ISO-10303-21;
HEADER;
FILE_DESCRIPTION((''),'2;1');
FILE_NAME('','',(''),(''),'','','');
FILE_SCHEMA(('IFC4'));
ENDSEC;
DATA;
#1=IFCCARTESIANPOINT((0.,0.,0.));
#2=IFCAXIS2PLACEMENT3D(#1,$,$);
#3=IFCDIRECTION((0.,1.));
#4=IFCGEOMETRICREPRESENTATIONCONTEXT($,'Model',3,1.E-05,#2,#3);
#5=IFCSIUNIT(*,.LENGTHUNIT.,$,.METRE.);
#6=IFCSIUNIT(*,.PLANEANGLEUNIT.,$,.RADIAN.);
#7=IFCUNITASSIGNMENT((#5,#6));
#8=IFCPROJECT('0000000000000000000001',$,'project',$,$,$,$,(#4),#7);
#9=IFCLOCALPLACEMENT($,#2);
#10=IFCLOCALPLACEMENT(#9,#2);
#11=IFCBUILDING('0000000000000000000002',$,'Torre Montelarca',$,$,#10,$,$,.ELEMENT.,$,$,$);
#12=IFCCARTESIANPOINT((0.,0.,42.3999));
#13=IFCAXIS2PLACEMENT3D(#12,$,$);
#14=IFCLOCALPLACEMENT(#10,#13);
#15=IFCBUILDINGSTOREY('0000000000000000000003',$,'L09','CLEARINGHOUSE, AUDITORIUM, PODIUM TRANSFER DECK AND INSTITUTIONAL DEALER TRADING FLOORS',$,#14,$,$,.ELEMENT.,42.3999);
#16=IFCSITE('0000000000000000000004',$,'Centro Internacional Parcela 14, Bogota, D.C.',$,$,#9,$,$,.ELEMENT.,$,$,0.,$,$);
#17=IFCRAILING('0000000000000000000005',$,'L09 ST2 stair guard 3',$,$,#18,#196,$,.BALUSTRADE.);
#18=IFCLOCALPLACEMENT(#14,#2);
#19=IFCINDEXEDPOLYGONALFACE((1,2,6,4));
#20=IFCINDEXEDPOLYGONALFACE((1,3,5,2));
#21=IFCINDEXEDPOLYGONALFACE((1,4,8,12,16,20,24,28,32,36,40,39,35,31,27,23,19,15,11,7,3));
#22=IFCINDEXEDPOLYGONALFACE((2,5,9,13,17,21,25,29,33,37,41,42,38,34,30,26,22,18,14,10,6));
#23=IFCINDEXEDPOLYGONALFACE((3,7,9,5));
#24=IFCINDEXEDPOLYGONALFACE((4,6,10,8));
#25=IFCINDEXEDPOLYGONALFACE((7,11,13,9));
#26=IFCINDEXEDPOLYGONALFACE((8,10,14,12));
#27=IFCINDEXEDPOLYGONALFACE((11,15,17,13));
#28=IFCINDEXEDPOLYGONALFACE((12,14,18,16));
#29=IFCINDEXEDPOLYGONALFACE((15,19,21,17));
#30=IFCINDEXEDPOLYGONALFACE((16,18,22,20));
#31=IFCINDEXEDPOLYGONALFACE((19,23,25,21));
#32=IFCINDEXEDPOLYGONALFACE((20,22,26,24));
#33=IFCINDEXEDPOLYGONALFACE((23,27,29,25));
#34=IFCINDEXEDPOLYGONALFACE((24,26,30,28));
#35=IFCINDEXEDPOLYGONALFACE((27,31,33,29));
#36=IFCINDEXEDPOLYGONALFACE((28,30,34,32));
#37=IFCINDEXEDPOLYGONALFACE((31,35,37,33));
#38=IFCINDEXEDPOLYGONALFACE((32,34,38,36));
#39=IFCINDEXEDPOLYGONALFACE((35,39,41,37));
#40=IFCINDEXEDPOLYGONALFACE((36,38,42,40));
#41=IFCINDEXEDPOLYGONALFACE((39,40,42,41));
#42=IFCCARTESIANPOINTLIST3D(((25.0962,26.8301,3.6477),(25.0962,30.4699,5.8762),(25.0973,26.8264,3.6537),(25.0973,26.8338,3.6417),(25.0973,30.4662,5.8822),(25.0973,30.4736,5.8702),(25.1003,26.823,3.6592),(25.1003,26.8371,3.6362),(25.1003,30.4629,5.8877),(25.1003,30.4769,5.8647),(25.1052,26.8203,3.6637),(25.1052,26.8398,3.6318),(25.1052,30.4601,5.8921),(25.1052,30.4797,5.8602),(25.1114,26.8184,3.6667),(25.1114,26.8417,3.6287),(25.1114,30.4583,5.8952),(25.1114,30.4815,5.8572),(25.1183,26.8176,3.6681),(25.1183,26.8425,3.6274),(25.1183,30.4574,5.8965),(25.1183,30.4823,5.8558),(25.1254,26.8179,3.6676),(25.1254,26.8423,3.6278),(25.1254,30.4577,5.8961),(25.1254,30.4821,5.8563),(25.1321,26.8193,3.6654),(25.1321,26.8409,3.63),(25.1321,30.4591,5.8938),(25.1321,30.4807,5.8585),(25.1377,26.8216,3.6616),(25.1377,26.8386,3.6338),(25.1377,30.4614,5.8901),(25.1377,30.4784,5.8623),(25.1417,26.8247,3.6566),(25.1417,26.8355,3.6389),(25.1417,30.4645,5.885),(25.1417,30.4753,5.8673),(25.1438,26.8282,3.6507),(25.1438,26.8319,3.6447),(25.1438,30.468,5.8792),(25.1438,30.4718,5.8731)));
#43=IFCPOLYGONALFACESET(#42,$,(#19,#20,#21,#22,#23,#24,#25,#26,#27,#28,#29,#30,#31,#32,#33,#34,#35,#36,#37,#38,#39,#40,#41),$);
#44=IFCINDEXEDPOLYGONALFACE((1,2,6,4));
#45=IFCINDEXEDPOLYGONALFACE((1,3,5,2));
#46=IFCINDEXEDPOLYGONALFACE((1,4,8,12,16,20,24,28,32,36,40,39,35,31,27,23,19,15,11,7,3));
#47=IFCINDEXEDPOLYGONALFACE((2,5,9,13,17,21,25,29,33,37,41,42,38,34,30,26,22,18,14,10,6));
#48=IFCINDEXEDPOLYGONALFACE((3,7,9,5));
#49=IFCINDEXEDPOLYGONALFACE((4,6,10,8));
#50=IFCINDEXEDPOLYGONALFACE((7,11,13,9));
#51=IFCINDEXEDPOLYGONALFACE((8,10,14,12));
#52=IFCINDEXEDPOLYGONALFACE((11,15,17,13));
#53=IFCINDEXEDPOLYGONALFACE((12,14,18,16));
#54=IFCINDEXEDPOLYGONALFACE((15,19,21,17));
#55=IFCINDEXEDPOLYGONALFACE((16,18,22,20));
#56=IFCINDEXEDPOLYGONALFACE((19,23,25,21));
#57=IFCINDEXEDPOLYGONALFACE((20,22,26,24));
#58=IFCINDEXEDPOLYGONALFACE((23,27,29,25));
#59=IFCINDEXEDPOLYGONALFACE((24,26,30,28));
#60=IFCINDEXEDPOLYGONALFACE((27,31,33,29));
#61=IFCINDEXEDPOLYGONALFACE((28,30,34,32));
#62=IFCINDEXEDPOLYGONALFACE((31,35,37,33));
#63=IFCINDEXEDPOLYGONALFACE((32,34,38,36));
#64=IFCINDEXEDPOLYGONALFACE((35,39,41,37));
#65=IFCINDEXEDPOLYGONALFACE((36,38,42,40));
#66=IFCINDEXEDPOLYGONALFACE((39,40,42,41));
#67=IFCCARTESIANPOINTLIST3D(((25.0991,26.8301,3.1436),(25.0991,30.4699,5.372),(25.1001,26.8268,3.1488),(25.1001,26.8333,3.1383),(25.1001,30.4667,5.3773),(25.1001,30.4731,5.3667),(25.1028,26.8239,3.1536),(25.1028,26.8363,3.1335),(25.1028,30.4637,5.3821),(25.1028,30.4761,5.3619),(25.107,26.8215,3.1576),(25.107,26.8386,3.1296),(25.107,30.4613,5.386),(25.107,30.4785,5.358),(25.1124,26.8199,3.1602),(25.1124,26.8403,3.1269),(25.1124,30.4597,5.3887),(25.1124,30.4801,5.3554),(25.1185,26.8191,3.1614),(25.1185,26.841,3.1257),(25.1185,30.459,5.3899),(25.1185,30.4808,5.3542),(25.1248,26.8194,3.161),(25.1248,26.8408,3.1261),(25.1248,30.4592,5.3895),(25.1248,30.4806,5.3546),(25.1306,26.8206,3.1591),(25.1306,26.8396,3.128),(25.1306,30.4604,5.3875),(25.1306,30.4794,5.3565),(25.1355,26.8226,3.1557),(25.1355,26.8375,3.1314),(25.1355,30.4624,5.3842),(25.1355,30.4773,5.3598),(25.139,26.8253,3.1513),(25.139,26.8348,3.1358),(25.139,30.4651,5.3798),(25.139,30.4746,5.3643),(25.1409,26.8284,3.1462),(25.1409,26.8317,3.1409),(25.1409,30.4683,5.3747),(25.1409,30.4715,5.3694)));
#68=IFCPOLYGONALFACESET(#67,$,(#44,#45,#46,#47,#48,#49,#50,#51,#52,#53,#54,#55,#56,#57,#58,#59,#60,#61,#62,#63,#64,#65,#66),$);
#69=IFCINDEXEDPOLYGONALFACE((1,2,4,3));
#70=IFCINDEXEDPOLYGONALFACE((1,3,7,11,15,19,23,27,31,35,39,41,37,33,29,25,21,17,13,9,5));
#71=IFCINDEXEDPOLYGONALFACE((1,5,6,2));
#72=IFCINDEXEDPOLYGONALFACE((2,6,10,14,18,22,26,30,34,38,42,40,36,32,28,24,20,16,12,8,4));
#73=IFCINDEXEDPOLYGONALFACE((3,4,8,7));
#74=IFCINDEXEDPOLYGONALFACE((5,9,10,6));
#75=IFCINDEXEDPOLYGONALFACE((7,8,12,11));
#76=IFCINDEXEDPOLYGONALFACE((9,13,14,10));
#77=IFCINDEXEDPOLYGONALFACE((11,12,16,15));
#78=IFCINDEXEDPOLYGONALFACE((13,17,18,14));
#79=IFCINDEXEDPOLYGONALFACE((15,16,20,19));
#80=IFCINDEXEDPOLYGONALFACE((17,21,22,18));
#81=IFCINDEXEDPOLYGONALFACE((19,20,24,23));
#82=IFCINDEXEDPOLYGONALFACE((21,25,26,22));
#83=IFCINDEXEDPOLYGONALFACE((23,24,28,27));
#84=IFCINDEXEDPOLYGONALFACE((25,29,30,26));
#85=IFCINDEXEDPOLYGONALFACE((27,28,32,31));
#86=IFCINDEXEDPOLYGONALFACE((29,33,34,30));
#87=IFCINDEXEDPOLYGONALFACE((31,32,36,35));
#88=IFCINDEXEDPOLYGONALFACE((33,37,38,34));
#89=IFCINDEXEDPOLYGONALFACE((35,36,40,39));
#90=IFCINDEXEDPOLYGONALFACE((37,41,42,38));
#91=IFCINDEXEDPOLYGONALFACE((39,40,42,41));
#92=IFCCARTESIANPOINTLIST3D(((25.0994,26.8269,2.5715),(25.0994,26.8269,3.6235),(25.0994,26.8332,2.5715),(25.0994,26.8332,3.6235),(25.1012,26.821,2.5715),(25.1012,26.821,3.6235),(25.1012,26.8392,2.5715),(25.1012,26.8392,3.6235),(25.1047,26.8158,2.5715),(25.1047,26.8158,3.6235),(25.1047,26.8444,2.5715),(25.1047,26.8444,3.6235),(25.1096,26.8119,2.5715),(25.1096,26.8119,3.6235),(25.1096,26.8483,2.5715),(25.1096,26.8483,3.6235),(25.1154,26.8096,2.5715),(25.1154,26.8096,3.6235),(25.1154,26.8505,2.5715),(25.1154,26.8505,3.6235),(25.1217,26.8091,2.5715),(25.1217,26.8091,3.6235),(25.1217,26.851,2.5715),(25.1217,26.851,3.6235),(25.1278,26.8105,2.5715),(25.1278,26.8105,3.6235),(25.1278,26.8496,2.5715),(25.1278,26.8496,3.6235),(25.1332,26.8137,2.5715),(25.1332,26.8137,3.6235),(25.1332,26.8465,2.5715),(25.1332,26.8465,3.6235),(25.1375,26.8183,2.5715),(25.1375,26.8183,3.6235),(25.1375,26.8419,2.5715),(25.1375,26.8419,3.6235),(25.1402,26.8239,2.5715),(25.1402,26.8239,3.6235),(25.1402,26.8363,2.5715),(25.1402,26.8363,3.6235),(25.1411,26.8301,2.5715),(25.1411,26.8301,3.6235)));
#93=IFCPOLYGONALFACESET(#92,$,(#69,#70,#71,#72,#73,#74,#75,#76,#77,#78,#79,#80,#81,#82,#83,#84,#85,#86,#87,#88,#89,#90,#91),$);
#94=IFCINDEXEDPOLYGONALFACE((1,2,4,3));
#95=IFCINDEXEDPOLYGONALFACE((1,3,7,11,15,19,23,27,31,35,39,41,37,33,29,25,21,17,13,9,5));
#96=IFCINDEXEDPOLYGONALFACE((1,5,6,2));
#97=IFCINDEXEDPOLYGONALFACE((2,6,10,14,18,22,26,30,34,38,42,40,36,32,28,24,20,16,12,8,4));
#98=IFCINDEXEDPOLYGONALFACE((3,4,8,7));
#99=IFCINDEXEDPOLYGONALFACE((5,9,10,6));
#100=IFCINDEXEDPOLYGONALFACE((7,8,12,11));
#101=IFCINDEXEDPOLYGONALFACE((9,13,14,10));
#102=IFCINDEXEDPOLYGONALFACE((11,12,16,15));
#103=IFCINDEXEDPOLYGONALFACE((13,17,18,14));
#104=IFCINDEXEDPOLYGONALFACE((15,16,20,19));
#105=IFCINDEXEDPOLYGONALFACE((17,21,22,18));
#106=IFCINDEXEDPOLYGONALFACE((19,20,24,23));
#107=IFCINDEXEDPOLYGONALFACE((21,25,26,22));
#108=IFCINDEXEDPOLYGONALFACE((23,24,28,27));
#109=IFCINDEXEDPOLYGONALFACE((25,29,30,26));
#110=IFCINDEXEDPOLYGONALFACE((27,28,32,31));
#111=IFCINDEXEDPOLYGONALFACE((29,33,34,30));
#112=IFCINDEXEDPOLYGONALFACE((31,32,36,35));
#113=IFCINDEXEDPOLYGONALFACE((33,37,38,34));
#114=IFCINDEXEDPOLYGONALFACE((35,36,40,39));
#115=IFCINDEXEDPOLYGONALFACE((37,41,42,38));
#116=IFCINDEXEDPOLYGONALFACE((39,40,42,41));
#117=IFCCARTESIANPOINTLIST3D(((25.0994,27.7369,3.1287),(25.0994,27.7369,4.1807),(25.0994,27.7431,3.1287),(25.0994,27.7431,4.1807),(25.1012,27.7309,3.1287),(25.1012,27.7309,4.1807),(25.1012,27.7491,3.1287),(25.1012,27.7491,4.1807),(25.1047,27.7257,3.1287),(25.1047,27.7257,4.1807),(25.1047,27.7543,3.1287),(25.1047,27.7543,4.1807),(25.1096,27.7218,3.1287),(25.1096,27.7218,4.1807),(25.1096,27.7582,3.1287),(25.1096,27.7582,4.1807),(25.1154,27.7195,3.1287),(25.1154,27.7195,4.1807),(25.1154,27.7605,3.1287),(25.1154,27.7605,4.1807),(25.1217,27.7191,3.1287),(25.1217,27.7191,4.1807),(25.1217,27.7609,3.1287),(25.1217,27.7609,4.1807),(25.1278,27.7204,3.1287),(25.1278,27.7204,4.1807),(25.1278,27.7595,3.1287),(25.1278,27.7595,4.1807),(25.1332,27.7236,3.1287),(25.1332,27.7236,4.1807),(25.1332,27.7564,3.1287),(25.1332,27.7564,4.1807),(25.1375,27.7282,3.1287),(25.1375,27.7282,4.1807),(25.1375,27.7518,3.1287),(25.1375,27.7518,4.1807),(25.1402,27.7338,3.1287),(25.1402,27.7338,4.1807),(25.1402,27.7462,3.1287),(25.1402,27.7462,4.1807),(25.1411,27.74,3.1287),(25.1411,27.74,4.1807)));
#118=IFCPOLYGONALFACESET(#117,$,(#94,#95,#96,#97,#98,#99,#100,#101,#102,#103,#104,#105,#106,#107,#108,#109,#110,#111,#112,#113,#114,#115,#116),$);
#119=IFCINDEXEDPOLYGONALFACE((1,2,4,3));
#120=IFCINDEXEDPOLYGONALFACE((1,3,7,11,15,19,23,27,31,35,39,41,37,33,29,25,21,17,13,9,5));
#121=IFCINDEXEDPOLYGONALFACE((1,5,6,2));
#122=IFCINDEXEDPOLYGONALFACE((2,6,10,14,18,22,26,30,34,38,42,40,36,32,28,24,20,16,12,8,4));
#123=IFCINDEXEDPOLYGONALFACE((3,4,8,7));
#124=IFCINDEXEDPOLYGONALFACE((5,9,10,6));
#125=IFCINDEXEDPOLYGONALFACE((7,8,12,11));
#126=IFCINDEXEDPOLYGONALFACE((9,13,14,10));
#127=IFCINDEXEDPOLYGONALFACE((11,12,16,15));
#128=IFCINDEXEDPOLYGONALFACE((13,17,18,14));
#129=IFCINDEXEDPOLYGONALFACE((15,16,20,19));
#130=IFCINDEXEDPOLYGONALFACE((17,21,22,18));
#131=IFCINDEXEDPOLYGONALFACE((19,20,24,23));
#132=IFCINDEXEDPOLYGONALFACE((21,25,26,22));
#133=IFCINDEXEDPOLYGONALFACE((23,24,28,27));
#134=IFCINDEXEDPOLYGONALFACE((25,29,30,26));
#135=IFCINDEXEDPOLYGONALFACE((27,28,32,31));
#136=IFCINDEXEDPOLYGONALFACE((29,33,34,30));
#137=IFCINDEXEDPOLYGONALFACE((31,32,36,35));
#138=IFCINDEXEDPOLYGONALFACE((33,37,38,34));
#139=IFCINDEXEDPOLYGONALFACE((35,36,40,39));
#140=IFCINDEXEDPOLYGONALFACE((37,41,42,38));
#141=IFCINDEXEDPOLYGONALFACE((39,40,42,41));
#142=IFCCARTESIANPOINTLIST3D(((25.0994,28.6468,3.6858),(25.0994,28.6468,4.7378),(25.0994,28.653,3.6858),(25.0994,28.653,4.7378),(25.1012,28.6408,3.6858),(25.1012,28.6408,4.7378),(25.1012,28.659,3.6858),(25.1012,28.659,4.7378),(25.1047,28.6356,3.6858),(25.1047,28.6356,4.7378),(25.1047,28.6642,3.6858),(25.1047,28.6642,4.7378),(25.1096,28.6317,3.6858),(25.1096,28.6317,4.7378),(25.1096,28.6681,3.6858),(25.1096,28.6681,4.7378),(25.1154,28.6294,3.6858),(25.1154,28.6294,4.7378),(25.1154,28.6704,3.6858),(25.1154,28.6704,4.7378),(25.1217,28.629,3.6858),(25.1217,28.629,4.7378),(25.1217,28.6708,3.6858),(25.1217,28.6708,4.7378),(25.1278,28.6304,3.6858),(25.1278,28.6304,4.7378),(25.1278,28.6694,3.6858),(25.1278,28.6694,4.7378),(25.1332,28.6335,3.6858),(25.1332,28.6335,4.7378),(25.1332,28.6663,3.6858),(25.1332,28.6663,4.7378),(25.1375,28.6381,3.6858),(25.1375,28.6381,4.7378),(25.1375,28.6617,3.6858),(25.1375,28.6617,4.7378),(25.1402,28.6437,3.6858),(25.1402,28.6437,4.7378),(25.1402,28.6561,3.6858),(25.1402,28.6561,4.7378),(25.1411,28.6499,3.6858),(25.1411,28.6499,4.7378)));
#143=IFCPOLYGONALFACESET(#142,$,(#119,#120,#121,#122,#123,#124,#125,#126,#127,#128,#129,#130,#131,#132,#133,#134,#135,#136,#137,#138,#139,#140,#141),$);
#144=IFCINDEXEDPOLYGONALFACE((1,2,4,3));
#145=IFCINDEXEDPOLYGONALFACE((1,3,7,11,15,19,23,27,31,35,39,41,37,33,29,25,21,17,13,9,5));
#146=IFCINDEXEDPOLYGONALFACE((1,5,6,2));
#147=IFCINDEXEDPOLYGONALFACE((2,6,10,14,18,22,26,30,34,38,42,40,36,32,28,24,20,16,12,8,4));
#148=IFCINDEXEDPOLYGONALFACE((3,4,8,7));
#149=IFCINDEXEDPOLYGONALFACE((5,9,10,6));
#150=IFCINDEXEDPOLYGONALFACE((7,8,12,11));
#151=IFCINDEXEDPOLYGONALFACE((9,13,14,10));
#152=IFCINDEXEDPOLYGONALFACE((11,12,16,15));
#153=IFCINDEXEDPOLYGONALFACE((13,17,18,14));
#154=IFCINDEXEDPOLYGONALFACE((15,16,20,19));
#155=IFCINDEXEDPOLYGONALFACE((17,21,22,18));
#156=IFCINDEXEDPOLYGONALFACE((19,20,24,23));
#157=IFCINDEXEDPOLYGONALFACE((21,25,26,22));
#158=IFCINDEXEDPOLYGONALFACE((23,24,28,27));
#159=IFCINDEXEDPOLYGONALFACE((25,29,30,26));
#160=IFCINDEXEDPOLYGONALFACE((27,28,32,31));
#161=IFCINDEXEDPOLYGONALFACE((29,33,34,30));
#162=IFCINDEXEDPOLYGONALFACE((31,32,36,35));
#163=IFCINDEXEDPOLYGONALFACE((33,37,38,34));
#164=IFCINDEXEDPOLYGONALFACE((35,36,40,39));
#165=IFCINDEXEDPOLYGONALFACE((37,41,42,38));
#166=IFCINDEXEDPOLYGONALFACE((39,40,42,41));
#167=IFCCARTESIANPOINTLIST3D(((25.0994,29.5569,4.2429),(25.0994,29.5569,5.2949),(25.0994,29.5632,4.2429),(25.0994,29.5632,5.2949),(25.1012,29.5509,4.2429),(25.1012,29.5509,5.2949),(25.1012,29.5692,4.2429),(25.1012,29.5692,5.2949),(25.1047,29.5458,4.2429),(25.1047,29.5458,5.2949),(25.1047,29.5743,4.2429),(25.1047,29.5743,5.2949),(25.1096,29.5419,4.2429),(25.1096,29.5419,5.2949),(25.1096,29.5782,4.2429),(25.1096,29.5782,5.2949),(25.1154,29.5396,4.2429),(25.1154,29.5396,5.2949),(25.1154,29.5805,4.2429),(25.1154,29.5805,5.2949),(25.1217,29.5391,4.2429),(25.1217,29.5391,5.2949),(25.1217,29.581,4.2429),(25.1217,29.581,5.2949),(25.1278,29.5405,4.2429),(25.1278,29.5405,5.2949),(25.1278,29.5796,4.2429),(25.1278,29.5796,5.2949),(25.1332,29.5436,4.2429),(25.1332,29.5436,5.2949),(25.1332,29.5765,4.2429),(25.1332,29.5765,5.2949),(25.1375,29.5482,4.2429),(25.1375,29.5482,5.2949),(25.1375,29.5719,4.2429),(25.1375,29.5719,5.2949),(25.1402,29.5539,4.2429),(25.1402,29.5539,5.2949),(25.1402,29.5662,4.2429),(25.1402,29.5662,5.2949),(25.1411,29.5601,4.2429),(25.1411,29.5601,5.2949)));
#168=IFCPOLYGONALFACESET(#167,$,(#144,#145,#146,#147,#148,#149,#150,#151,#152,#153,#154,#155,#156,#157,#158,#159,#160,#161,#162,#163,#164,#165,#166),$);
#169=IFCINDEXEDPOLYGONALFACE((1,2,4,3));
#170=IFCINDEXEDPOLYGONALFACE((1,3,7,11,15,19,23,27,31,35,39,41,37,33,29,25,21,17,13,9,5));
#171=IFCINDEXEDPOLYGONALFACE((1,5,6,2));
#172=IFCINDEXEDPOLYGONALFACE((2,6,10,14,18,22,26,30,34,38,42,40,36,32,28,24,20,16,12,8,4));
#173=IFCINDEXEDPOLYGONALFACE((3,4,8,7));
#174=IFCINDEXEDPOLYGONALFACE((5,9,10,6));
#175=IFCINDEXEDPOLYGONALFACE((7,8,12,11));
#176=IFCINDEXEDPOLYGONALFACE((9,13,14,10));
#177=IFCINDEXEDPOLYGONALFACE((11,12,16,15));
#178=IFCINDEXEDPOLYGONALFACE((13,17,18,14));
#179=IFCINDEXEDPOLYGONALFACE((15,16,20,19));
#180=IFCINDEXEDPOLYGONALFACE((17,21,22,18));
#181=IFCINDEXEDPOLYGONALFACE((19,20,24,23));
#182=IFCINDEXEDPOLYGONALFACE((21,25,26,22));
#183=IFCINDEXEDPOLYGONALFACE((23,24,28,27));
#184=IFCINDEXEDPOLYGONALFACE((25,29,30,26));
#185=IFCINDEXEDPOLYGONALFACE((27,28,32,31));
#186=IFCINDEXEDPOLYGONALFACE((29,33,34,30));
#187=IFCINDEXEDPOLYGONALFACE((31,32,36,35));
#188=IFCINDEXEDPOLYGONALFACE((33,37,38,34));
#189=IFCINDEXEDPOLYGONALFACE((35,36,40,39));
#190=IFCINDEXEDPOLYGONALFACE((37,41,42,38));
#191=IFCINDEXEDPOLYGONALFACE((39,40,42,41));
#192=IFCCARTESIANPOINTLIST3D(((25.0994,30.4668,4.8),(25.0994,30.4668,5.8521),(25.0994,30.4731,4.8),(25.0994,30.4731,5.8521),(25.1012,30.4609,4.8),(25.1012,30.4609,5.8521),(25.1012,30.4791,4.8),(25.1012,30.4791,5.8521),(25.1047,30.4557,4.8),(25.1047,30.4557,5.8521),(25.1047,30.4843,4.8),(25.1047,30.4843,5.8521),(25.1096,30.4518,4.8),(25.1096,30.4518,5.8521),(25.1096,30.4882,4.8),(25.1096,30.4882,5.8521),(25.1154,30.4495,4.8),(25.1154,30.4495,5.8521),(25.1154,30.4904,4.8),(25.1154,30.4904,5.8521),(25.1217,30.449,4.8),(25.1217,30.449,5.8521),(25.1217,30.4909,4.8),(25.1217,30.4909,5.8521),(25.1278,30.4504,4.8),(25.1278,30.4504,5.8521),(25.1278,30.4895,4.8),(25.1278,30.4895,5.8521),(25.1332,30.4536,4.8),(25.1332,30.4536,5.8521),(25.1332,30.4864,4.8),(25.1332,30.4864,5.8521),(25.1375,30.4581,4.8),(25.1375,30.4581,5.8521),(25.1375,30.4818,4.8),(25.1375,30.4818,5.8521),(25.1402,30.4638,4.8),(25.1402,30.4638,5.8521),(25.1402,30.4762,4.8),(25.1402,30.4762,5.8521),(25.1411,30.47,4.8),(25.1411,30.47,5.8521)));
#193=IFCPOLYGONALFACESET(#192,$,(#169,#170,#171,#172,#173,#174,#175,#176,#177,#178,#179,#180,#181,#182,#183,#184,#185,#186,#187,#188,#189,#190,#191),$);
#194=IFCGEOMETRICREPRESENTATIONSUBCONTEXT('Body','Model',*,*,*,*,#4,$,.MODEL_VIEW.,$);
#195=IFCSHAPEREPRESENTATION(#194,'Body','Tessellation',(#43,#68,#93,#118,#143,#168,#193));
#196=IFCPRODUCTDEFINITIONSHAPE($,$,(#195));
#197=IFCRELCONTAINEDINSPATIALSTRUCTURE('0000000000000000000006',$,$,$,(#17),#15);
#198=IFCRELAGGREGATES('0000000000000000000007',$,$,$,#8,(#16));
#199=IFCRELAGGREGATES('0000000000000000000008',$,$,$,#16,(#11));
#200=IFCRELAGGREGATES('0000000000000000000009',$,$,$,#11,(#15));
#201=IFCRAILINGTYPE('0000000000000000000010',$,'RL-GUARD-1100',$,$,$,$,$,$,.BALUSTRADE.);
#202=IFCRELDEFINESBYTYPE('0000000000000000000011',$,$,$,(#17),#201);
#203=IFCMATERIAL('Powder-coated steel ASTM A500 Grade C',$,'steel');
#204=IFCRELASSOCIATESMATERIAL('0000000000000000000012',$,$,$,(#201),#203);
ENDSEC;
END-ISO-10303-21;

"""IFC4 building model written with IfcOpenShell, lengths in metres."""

from ifc_helpers import new_model, si_unit, direction, frame, origin, origin_2d, place, context, subcontext, project, spatial, circle, extrude, material, type_object, element, save


model = new_model("IFC4")

# Units and contexts
model_context = context("Model", 3, precision=1e-05, world=origin(), true_north=direction((0.0, 1.0)))
body_context = subcontext(model_context, "Body", "Model", "MODEL_VIEW")
ifc_project = project(units=[si_unit("LENGTHUNIT", "METRE"), si_unit("PLANEANGLEUNIT", "RADIAN")], contexts=[model_context])

# Site, building, storey
site_placement = place(None, origin())
site = spatial("IfcSite", under=ifc_project, at=site_placement, Name="Centro Internacional Parcela 14, Bogota, D.C.", CompositionType="ELEMENT", RefElevation=0.0)
building_placement = place(site_placement, origin())
building = spatial("IfcBuilding", under=site, at=building_placement, Name="Torre Montelarca", CompositionType="ELEMENT")
storey_placement = place(building_placement, frame((0.0, 0.0, 42.3999)))
storey = spatial("IfcBuildingStorey", under=building, at=storey_placement, Name="L09", Description="CLEARINGHOUSE, AUDITORIUM, PODIUM TRANSFER DECK AND INSTITUTIONAL DEALER TRADING FLOORS", CompositionType="ELEMENT", Elevation=42.3999)

# Railing
ifc_material_1 = material(Name="Powder-coated steel ASTM A500 Grade C", Category="steel")
railing_type_1 = type_object("IfcRailingType", Name="RL-GUARD-1100", PredefinedType="BALUSTRADE", material=ifc_material_1)
railing_1_placement = place(storey_placement, frame((25.1201, 26.8301, 2.5715)))
element("IfcRailing", 1, at=railing_1_placement, inside=storey, type_object=railing_type_1, Name="L09 ST2 stair guard 3", PredefinedType="BALUSTRADE", context=body_context, shape_type="SweptSolid", body=[
    extrude(circle(Radius=0.0239, at=origin_2d()), frame((0.0, 0.0, 1.0762), z_axis=(0.0, 0.85285, 0.522156), x_axis=(-1.0, 0.0, 0.0)), (0.0, 0.0, 1.0), 4.2678),
    extrude(circle(Radius=0.021, at=origin_2d()), frame((0.0, 0.0, 0.572), z_axis=(0.0, 0.85285, 0.522156), x_axis=(-1.0, 0.0, 0.0)), (0.0, 0.0, 1.0), 4.2678),
    extrude(circle(Radius=0.021, at=origin_2d()), origin(), (0.0, 0.0, 1.0), 1.052),
    extrude(circle(Radius=0.021, at=origin_2d()), frame((0.0, 0.9099, 0.5571)), (0.0, 0.0, 1.0), 1.052),
    extrude(circle(Radius=0.021, at=origin_2d()), frame((0.0, 1.8198, 1.1143)), (0.0, 0.0, 1.0), 1.052),
    extrude(circle(Radius=0.021, at=origin_2d()), frame((0.0, 2.73, 1.6714)), (0.0, 0.0, 1.0), 1.052),
    extrude(circle(Radius=0.021, at=origin_2d()), frame((0.0, 3.6399, 2.2285)), (0.0, 0.0, 1.0), 1.052),
])

save(model, "model.ifc")
